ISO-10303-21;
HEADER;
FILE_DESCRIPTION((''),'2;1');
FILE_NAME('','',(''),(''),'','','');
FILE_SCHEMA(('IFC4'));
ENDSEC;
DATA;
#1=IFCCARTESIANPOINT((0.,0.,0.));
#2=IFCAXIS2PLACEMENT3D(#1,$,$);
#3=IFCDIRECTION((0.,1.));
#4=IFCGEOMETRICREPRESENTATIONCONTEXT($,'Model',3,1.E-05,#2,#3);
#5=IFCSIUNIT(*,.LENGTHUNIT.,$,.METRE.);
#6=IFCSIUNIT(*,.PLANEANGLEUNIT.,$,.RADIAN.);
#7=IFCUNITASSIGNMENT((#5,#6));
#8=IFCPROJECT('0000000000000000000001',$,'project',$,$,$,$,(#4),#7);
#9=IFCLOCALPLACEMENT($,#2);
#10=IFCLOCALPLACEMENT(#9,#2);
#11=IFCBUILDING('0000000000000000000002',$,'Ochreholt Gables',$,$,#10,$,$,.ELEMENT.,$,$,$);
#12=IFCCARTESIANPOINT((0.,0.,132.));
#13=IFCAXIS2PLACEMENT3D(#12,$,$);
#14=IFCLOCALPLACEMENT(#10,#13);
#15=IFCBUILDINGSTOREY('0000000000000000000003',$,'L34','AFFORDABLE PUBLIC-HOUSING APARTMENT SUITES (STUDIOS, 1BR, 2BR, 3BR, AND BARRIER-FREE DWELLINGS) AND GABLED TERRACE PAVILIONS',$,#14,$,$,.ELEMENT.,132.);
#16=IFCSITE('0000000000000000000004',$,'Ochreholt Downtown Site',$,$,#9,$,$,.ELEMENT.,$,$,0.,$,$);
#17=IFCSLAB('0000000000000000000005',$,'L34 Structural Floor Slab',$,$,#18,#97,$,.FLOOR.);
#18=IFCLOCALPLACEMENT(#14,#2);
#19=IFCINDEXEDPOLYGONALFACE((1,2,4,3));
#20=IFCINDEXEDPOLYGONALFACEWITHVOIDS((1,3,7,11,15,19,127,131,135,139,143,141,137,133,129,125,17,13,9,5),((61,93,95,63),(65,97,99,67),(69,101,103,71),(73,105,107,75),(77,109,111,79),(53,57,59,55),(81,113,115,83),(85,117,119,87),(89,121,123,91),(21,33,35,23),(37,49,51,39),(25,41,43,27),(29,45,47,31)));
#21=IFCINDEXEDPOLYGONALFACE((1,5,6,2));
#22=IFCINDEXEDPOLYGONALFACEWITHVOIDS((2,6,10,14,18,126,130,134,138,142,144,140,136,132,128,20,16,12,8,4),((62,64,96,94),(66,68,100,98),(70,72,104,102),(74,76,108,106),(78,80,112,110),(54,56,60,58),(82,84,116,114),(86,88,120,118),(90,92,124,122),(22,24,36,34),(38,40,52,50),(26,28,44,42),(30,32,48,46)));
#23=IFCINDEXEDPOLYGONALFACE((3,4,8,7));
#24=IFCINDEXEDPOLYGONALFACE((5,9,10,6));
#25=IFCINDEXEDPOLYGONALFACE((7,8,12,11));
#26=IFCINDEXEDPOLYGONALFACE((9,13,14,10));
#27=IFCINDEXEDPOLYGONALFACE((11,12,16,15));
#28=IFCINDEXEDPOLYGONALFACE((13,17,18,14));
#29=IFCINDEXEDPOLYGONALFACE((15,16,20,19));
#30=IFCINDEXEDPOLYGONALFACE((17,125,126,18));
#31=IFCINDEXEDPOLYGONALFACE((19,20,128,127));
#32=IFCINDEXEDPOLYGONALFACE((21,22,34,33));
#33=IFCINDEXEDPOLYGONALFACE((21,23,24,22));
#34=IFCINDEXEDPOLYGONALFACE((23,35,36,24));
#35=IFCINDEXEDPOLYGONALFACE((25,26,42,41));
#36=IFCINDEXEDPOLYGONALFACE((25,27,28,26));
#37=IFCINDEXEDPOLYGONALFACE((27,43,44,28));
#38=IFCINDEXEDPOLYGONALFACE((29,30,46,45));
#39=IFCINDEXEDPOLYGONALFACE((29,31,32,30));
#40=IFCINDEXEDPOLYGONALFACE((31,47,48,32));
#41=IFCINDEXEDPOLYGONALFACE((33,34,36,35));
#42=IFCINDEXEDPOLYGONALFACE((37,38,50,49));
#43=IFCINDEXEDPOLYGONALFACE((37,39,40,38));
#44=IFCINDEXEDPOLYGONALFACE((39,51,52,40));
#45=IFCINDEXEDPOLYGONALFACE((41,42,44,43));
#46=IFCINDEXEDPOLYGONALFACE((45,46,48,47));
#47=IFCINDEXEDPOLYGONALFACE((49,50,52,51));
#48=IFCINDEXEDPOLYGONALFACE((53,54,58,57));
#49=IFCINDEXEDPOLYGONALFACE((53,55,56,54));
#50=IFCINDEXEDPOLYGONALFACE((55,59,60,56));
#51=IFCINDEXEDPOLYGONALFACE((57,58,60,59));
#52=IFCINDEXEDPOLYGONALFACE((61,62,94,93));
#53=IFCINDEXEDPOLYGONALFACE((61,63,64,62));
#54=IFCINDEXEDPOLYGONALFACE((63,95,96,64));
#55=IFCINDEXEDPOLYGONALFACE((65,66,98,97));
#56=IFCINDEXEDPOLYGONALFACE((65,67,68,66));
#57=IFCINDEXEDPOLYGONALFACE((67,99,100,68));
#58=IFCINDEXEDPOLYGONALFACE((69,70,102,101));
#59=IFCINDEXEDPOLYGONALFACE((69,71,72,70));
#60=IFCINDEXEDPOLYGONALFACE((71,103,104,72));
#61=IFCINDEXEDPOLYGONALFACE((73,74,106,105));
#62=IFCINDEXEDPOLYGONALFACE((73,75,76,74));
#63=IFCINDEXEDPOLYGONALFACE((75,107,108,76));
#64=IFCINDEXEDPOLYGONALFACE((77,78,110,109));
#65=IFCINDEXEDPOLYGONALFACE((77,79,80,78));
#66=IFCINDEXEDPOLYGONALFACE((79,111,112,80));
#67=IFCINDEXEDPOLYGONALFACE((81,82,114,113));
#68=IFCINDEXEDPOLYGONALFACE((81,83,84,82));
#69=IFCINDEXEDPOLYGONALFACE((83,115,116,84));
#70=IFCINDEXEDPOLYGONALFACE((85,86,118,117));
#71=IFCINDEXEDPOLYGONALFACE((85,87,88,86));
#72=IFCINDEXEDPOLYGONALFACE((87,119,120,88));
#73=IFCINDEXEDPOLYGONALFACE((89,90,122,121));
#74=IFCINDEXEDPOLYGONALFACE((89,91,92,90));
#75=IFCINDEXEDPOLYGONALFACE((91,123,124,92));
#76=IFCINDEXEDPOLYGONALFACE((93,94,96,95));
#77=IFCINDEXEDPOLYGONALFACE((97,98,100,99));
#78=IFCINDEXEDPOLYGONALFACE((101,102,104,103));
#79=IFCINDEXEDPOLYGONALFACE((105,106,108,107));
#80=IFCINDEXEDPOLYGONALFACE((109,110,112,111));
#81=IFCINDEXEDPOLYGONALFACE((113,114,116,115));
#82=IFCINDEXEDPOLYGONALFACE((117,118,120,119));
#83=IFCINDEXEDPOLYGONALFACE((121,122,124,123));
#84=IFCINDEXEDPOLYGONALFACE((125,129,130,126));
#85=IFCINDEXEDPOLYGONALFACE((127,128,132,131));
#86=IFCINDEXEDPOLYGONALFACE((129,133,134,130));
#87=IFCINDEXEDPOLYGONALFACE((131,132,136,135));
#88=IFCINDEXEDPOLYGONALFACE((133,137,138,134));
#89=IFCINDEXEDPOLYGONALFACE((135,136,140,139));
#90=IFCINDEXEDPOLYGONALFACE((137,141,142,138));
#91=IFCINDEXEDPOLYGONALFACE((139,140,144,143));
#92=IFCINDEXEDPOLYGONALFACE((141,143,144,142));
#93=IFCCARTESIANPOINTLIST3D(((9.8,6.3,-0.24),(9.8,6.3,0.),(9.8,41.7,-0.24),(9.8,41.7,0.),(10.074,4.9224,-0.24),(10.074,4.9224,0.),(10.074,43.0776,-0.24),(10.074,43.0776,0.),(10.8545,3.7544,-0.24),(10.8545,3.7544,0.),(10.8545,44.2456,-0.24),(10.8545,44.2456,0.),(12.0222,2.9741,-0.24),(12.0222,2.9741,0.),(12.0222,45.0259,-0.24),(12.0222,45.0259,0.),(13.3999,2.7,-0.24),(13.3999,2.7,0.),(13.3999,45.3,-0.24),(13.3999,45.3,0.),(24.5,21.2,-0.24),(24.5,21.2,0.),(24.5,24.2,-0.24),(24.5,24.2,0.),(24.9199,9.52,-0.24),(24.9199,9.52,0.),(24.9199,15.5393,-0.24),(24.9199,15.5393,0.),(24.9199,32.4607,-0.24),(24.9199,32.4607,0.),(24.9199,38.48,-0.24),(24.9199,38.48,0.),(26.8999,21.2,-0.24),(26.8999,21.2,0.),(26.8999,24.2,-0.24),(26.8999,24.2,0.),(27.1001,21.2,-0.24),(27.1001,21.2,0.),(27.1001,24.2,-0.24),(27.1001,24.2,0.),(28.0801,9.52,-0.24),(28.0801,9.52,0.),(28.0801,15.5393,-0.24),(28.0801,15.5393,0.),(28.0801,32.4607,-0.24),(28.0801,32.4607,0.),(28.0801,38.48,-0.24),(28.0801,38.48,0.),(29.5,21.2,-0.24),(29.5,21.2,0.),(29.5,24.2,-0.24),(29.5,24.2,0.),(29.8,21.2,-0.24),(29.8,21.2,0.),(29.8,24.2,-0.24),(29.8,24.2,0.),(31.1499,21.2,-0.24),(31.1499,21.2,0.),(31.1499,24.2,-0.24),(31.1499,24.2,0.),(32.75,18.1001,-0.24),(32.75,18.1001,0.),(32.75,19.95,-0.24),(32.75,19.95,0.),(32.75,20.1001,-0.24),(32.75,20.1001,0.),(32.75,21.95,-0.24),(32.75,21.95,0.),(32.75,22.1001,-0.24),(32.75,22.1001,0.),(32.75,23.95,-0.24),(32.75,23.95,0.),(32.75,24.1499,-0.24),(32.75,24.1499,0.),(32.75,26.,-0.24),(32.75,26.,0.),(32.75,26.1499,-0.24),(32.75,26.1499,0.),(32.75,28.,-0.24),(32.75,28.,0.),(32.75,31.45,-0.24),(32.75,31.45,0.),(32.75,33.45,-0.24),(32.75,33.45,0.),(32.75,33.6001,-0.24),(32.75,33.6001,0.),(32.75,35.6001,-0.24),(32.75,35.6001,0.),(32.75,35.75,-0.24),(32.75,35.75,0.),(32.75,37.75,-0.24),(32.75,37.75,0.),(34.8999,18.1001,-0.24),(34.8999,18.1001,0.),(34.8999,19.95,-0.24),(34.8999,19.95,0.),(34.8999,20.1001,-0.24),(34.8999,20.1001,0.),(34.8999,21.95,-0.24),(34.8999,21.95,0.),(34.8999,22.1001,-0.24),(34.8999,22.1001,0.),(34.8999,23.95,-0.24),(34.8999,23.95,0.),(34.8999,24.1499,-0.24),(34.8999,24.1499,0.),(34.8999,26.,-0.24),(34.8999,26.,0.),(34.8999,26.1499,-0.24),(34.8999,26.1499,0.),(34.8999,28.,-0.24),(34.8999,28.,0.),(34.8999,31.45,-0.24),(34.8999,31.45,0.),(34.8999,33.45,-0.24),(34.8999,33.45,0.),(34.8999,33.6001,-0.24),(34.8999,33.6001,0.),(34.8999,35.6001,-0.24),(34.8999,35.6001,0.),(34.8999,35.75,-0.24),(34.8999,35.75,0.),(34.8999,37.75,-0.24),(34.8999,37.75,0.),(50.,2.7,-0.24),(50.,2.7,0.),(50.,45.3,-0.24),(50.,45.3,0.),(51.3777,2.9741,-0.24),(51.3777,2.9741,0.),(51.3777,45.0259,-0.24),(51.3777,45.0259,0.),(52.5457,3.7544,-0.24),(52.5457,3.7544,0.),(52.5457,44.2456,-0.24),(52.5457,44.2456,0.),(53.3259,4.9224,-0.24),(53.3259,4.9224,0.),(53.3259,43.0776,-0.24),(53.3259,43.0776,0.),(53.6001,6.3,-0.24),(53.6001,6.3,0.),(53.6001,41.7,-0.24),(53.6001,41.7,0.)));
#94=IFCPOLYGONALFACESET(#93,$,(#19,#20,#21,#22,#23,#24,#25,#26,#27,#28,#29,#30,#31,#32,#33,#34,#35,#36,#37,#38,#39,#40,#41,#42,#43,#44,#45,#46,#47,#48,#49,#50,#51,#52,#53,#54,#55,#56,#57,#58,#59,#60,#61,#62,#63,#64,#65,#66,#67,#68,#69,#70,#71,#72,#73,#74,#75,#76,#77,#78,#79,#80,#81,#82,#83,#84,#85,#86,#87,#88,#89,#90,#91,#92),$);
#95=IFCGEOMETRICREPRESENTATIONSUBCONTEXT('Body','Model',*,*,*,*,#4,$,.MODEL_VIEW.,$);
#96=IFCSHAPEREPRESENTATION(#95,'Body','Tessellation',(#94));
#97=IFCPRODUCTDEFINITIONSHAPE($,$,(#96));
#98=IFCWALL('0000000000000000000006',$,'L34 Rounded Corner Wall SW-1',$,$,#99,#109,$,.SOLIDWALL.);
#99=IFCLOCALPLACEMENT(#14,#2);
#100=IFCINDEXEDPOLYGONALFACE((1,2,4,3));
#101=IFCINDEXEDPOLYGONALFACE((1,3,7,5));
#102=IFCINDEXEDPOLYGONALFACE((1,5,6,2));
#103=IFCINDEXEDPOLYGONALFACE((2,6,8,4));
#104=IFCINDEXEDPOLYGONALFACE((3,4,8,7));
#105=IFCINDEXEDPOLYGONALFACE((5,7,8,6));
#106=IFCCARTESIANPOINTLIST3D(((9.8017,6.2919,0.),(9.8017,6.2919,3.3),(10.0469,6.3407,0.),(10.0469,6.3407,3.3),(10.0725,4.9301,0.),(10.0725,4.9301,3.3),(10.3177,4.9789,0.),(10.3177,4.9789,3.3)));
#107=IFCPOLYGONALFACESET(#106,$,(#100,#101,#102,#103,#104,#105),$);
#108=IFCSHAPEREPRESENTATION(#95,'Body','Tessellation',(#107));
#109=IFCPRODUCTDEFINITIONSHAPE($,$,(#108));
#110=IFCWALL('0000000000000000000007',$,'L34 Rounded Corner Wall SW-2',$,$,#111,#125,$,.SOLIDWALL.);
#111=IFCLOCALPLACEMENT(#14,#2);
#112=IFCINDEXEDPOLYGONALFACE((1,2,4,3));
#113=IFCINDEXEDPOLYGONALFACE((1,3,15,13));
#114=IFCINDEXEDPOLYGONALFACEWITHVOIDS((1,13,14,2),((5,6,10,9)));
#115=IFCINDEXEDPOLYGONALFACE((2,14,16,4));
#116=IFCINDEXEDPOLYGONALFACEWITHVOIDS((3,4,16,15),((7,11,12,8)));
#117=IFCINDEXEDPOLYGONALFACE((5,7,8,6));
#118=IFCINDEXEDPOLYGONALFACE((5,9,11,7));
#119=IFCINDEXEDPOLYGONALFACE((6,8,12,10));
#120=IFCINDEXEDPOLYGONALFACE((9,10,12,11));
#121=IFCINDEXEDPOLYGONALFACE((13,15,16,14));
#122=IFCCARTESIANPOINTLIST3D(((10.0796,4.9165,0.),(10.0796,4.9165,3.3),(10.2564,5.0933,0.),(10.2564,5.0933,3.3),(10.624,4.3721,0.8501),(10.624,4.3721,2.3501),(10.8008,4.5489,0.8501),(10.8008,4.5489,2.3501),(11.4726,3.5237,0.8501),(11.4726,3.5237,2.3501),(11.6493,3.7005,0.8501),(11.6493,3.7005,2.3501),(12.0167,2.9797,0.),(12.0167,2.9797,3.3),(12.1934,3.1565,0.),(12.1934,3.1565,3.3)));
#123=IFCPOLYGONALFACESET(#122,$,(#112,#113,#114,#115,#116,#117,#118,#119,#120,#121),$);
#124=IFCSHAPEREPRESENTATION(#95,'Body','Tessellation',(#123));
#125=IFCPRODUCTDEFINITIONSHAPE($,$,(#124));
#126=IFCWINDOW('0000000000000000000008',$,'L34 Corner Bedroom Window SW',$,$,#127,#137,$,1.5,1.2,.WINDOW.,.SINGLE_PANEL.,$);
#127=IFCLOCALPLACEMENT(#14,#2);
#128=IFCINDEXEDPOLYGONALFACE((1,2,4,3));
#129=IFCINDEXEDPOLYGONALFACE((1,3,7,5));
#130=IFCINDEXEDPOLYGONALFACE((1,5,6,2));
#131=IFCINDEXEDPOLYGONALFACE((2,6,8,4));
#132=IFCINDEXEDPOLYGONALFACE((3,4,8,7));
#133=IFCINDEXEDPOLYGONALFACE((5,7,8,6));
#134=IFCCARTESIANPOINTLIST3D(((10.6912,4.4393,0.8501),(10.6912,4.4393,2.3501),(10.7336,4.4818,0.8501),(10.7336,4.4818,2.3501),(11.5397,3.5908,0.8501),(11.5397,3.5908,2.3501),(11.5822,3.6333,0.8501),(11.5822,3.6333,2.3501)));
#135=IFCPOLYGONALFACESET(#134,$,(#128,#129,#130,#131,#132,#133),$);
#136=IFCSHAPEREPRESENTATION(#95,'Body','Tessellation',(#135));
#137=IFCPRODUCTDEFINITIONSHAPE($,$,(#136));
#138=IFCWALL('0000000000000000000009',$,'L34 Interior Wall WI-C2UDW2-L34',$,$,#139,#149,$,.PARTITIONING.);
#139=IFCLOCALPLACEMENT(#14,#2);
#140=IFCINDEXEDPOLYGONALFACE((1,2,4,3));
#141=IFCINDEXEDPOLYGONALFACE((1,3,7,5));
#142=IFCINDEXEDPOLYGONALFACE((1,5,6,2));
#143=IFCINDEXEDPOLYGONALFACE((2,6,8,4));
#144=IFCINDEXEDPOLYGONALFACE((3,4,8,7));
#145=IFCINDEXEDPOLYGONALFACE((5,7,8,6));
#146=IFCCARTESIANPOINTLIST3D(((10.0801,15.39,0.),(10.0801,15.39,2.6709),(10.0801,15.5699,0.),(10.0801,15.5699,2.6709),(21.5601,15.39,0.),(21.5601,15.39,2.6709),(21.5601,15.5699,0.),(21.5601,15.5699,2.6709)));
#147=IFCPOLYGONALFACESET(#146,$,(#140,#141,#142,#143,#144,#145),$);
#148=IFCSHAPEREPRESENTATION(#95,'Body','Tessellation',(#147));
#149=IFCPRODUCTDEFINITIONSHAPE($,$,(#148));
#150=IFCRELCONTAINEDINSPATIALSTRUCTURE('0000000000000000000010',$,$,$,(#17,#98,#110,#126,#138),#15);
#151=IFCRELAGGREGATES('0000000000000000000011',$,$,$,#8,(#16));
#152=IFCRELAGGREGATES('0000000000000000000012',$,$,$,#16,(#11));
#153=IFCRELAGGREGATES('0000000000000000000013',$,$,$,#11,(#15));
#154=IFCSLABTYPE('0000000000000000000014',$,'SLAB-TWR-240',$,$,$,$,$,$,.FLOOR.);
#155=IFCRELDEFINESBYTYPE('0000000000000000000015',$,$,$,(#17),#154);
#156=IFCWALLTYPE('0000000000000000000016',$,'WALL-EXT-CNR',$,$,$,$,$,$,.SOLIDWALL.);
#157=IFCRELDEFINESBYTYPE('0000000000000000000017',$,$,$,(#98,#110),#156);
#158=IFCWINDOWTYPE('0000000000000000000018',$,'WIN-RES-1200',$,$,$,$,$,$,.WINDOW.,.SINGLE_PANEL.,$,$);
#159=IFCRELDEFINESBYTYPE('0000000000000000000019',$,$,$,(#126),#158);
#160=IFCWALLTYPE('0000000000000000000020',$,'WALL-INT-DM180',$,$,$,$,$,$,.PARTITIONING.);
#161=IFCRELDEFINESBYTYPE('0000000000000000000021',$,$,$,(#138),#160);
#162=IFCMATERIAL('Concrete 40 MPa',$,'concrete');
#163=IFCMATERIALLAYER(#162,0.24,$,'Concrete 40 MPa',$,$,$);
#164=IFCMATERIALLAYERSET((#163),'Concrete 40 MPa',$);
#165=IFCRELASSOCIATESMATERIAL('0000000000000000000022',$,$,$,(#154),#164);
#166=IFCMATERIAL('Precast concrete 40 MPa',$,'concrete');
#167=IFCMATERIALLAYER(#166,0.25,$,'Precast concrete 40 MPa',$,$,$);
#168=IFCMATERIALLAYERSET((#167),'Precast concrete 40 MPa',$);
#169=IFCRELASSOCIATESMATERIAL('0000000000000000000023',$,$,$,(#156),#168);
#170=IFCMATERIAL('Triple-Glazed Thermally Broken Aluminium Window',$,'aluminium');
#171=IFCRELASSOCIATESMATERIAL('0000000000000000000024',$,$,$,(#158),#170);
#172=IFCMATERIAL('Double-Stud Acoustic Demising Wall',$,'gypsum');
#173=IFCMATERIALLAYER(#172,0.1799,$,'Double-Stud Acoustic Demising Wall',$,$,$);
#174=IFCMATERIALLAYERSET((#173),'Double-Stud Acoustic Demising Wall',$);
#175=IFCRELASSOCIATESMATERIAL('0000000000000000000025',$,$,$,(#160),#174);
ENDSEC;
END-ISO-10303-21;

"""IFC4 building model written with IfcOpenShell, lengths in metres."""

from ifc_helpers import new_model, si_unit, direction, frame, frame_2d, origin, place, context, subcontext, project, spatial, polyline, rectangle, outline, extrude, material, layer, layer_set, type_object, element, fill, save


model = new_model("IFC4")

# Units and contexts
model_context = context("Model", 3, precision=1e-05, world=origin(), true_north=direction((0.0, 1.0)))
body_context = subcontext(model_context, "Body", "Model", "MODEL_VIEW")
ifc_project = project(units=[si_unit("LENGTHUNIT", "METRE"), si_unit("PLANEANGLEUNIT", "RADIAN")], contexts=[model_context])

# Site, building, storey
site_placement = place(None, origin())
site = spatial("IfcSite", under=ifc_project, at=site_placement, Name="Ochreholt Downtown Site", CompositionType="ELEMENT", RefElevation=0.0)
building_placement = place(site_placement, origin())
building = spatial("IfcBuilding", under=site, at=building_placement, Name="Ochreholt Gables", CompositionType="ELEMENT")
storey_placement = place(building_placement, frame((0.0, 0.0, 132.0)))
storey = spatial("IfcBuildingStorey", under=building, at=storey_placement, Name="L34", Description="AFFORDABLE PUBLIC-HOUSING APARTMENT SUITES (STUDIOS, 1BR, 2BR, 3BR, AND BARRIER-FREE DWELLINGS) AND GABLED TERRACE PAVILIONS", CompositionType="ELEMENT", Elevation=132.0)

# Shared definitions
ifc_material_1 = material(Name="Concrete 40 MPa", Category="concrete")

# Slab
ifc_layer_1 = layer(ifc_material_1, 0.24, Name="Concrete 40 MPa")
ifc_layer_set_1 = layer_set([ifc_layer_1], Name="Concrete 40 MPa")
slab_type_1 = type_object("IfcSlabType", Name="SLAB-TWR-240", PredefinedType="FLOOR", material=ifc_layer_set_1)
slab_1_placement = place(storey_placement, frame((0.0, 0.0, -0.24)))
element("IfcSlab", 1, at=slab_1_placement, inside=storey, type_object=slab_type_1, Name="L34 Structural Floor Slab", PredefinedType="FLOOR", context=body_context, shape_type="SweptSolid", body=[
    extrude(outline(polyline([(9.8, 6.3), (10.074, 4.9224), (10.8545, 3.7544), (12.0222, 2.9741), (13.3999, 2.7), (50.0, 2.7), (51.3777, 2.9741), (52.5457, 3.7544), (53.3259, 4.9224), (53.6001, 6.3), (53.6001, 41.7), (53.3259, 43.0776), (52.5457, 44.2456), (51.3777, 45.0259), (50.0, 45.3), (13.3999, 45.3), (12.0222, 45.0259), (10.8545, 44.2456), (10.074, 43.0776), (9.8, 41.7), (9.8, 6.3)]), holes=[polyline([(24.9199, 15.5393), (24.9199, 9.52), (28.0801, 9.52), (28.0801, 15.5393), (24.9199, 15.5393)]), polyline([(28.0801, 32.4607), (28.0801, 38.48), (24.9199, 38.48), (24.9199, 32.4607), (28.0801, 32.4607)]), polyline([(24.5, 21.2), (26.8999, 21.2), (26.8999, 24.2), (24.5, 24.2), (24.5, 21.2)]), polyline([(27.1001, 21.2), (29.5, 21.2), (29.5, 24.2), (27.1001, 24.2), (27.1001, 21.2)]), polyline([(32.75, 18.1001), (34.8999, 18.1001), (34.8999, 19.95), (32.75, 19.95), (32.75, 18.1001)]), polyline([(32.75, 20.1001), (34.8999, 20.1001), (34.8999, 21.95), (32.75, 21.95), (32.75, 20.1001)]), polyline([(32.75, 22.1001), (34.8999, 22.1001), (34.8999, 23.95), (32.75, 23.95), (32.75, 22.1001)]), polyline([(32.75, 24.1499), (34.8999, 24.1499), (34.8999, 26.0), (32.75, 26.0), (32.75, 24.1499)]), polyline([(32.75, 26.1499), (34.8999, 26.1499), (34.8999, 28.0), (32.75, 28.0), (32.75, 26.1499)]), polyline([(32.75, 31.45), (34.8999, 31.45), (34.8999, 33.45), (32.75, 33.45), (32.75, 31.45)]), polyline([(32.75, 33.6001), (34.8999, 33.6001), (34.8999, 35.6001), (32.75, 35.6001), (32.75, 33.6001)]), polyline([(32.75, 35.75), (34.8999, 35.75), (34.8999, 37.75), (32.75, 37.75), (32.75, 35.75)]), polyline([(29.8, 21.2), (31.1499, 21.2), (31.1499, 24.2), (29.8, 24.2), (29.8, 21.2)])]), origin(), (0.0, 0.0, 1.0), 0.24),
])

# Wall
ifc_material_2 = material(Name="Precast concrete 40 MPa", Category="concrete")
ifc_layer_2 = layer(ifc_material_2, 0.25, Name="Precast concrete 40 MPa")
ifc_layer_set_2 = layer_set([ifc_layer_2], Name="Precast concrete 40 MPa")
wall_type_1 = type_object("IfcWallType", Name="WALL-EXT-CNR", PredefinedType="SOLIDWALL", material=ifc_layer_set_2)
wall_1_placement = place(storey_placement, frame((9.9243, 6.3164, 0.0), z_axis=(0.0, 0.0, 1.0), x_axis=(0.195, -0.980803, 0.0)))
element("IfcWall", 2, at=wall_1_placement, inside=storey, type_object=wall_type_1, Name="L34 Rounded Corner Wall SW-1", PredefinedType="SOLIDWALL", context=body_context, shape_type="SweptSolid", body=[
    extrude(rectangle(XDim=1.3884, YDim=0.25, at=frame_2d((0.6943, 0.0))), origin(), (0.0, 0.0, 1.0), 3.3),
])

# Wall, opening, window
wall_2_placement = place(storey_placement, frame((10.168, 5.0049, 0.0), z_axis=(0.0, 0.0, 1.0), x_axis=(0.707151, -0.707062, 0.0)))
wall_2 = element("IfcWall", 3, at=wall_2_placement, inside=storey, type_object=wall_type_1, Name="L34 Rounded Corner Wall SW-2", PredefinedType="SOLIDWALL", context=body_context, shape_type="SweptSolid", body=[
    extrude(rectangle(XDim=2.7393, YDim=0.25, at=frame_2d((1.3696, 0.0))), origin(), (0.0, 0.0, 1.0), 3.3),
])
opening_1_placement = place(wall_2_placement, frame((0.7698, 0.0, 0.8501)))
opening_1 = element("IfcOpeningElement", 4, at=opening_1_placement, cuts=wall_2, PredefinedType="OPENING", context=body_context, shape_type="SweptSolid", body=[
    extrude(rectangle(XDim=1.2, YDim=1.5, at=frame_2d((0.6001, 0.75))), frame((0.0, 0.135, 0.0), z_axis=(0.0, -1.0, 0.0), x_axis=(1.0, 0.0, 0.0)), (0.0, 0.0, 1.0), 0.27),
])
ifc_material_3 = material(Name="Triple-Glazed Thermally Broken Aluminium Window", Category="aluminium")
window_type = type_object("IfcWindowType", Name="WIN-RES-1200", PartitioningType="SINGLE_PANEL", PredefinedType="WINDOW", material=ifc_material_3)
window_placement = place(opening_1_placement, origin())
window = element("IfcWindow", 5, at=window_placement, inside=storey, type_object=window_type, Name="L34 Corner Bedroom Window SW", OverallHeight=1.5, OverallWidth=1.2, PartitioningType="SINGLE_PANEL", PredefinedType="WINDOW", context=body_context, shape_type="SweptSolid", body=[
    extrude(rectangle(XDim=1.2, YDim=1.5, at=frame_2d((0.6001, 0.75))), frame((0.0, 0.03, 0.0), z_axis=(0.0, -1.0, 0.0), x_axis=(1.0, 0.0, 0.0)), (0.0, 0.0, 1.0), 0.0601),
])
fill(opening_1, window)

# Wall
ifc_material_4 = material(Name="Double-Stud Acoustic Demising Wall", Category="gypsum")
ifc_layer_3 = layer(ifc_material_4, 0.1799, Name="Double-Stud Acoustic Demising Wall")
ifc_layer_set_3 = layer_set([ifc_layer_3], Name="Double-Stud Acoustic Demising Wall")
wall_type_2 = type_object("IfcWallType", Name="WALL-INT-DM180", PredefinedType="PARTITIONING", material=ifc_layer_set_3)
wall_3_placement = place(storey_placement, frame((10.0801, 15.48, 0.0), z_axis=(0.0, 0.0, 1.0), x_axis=(1.0, 0.0, 0.0)))
element("IfcWall", 6, at=wall_3_placement, inside=storey, type_object=wall_type_2, Name="L34 Interior Wall WI-C2UDW2-L34", PredefinedType="PARTITIONING", context=body_context, shape_type="SweptSolid", body=[
    extrude(rectangle(XDim=11.48, YDim=0.1799, at=frame_2d((5.74, 0.0))), origin(), (0.0, 0.0, 1.0), 2.6709),
])

save(model, "model.ifc")
